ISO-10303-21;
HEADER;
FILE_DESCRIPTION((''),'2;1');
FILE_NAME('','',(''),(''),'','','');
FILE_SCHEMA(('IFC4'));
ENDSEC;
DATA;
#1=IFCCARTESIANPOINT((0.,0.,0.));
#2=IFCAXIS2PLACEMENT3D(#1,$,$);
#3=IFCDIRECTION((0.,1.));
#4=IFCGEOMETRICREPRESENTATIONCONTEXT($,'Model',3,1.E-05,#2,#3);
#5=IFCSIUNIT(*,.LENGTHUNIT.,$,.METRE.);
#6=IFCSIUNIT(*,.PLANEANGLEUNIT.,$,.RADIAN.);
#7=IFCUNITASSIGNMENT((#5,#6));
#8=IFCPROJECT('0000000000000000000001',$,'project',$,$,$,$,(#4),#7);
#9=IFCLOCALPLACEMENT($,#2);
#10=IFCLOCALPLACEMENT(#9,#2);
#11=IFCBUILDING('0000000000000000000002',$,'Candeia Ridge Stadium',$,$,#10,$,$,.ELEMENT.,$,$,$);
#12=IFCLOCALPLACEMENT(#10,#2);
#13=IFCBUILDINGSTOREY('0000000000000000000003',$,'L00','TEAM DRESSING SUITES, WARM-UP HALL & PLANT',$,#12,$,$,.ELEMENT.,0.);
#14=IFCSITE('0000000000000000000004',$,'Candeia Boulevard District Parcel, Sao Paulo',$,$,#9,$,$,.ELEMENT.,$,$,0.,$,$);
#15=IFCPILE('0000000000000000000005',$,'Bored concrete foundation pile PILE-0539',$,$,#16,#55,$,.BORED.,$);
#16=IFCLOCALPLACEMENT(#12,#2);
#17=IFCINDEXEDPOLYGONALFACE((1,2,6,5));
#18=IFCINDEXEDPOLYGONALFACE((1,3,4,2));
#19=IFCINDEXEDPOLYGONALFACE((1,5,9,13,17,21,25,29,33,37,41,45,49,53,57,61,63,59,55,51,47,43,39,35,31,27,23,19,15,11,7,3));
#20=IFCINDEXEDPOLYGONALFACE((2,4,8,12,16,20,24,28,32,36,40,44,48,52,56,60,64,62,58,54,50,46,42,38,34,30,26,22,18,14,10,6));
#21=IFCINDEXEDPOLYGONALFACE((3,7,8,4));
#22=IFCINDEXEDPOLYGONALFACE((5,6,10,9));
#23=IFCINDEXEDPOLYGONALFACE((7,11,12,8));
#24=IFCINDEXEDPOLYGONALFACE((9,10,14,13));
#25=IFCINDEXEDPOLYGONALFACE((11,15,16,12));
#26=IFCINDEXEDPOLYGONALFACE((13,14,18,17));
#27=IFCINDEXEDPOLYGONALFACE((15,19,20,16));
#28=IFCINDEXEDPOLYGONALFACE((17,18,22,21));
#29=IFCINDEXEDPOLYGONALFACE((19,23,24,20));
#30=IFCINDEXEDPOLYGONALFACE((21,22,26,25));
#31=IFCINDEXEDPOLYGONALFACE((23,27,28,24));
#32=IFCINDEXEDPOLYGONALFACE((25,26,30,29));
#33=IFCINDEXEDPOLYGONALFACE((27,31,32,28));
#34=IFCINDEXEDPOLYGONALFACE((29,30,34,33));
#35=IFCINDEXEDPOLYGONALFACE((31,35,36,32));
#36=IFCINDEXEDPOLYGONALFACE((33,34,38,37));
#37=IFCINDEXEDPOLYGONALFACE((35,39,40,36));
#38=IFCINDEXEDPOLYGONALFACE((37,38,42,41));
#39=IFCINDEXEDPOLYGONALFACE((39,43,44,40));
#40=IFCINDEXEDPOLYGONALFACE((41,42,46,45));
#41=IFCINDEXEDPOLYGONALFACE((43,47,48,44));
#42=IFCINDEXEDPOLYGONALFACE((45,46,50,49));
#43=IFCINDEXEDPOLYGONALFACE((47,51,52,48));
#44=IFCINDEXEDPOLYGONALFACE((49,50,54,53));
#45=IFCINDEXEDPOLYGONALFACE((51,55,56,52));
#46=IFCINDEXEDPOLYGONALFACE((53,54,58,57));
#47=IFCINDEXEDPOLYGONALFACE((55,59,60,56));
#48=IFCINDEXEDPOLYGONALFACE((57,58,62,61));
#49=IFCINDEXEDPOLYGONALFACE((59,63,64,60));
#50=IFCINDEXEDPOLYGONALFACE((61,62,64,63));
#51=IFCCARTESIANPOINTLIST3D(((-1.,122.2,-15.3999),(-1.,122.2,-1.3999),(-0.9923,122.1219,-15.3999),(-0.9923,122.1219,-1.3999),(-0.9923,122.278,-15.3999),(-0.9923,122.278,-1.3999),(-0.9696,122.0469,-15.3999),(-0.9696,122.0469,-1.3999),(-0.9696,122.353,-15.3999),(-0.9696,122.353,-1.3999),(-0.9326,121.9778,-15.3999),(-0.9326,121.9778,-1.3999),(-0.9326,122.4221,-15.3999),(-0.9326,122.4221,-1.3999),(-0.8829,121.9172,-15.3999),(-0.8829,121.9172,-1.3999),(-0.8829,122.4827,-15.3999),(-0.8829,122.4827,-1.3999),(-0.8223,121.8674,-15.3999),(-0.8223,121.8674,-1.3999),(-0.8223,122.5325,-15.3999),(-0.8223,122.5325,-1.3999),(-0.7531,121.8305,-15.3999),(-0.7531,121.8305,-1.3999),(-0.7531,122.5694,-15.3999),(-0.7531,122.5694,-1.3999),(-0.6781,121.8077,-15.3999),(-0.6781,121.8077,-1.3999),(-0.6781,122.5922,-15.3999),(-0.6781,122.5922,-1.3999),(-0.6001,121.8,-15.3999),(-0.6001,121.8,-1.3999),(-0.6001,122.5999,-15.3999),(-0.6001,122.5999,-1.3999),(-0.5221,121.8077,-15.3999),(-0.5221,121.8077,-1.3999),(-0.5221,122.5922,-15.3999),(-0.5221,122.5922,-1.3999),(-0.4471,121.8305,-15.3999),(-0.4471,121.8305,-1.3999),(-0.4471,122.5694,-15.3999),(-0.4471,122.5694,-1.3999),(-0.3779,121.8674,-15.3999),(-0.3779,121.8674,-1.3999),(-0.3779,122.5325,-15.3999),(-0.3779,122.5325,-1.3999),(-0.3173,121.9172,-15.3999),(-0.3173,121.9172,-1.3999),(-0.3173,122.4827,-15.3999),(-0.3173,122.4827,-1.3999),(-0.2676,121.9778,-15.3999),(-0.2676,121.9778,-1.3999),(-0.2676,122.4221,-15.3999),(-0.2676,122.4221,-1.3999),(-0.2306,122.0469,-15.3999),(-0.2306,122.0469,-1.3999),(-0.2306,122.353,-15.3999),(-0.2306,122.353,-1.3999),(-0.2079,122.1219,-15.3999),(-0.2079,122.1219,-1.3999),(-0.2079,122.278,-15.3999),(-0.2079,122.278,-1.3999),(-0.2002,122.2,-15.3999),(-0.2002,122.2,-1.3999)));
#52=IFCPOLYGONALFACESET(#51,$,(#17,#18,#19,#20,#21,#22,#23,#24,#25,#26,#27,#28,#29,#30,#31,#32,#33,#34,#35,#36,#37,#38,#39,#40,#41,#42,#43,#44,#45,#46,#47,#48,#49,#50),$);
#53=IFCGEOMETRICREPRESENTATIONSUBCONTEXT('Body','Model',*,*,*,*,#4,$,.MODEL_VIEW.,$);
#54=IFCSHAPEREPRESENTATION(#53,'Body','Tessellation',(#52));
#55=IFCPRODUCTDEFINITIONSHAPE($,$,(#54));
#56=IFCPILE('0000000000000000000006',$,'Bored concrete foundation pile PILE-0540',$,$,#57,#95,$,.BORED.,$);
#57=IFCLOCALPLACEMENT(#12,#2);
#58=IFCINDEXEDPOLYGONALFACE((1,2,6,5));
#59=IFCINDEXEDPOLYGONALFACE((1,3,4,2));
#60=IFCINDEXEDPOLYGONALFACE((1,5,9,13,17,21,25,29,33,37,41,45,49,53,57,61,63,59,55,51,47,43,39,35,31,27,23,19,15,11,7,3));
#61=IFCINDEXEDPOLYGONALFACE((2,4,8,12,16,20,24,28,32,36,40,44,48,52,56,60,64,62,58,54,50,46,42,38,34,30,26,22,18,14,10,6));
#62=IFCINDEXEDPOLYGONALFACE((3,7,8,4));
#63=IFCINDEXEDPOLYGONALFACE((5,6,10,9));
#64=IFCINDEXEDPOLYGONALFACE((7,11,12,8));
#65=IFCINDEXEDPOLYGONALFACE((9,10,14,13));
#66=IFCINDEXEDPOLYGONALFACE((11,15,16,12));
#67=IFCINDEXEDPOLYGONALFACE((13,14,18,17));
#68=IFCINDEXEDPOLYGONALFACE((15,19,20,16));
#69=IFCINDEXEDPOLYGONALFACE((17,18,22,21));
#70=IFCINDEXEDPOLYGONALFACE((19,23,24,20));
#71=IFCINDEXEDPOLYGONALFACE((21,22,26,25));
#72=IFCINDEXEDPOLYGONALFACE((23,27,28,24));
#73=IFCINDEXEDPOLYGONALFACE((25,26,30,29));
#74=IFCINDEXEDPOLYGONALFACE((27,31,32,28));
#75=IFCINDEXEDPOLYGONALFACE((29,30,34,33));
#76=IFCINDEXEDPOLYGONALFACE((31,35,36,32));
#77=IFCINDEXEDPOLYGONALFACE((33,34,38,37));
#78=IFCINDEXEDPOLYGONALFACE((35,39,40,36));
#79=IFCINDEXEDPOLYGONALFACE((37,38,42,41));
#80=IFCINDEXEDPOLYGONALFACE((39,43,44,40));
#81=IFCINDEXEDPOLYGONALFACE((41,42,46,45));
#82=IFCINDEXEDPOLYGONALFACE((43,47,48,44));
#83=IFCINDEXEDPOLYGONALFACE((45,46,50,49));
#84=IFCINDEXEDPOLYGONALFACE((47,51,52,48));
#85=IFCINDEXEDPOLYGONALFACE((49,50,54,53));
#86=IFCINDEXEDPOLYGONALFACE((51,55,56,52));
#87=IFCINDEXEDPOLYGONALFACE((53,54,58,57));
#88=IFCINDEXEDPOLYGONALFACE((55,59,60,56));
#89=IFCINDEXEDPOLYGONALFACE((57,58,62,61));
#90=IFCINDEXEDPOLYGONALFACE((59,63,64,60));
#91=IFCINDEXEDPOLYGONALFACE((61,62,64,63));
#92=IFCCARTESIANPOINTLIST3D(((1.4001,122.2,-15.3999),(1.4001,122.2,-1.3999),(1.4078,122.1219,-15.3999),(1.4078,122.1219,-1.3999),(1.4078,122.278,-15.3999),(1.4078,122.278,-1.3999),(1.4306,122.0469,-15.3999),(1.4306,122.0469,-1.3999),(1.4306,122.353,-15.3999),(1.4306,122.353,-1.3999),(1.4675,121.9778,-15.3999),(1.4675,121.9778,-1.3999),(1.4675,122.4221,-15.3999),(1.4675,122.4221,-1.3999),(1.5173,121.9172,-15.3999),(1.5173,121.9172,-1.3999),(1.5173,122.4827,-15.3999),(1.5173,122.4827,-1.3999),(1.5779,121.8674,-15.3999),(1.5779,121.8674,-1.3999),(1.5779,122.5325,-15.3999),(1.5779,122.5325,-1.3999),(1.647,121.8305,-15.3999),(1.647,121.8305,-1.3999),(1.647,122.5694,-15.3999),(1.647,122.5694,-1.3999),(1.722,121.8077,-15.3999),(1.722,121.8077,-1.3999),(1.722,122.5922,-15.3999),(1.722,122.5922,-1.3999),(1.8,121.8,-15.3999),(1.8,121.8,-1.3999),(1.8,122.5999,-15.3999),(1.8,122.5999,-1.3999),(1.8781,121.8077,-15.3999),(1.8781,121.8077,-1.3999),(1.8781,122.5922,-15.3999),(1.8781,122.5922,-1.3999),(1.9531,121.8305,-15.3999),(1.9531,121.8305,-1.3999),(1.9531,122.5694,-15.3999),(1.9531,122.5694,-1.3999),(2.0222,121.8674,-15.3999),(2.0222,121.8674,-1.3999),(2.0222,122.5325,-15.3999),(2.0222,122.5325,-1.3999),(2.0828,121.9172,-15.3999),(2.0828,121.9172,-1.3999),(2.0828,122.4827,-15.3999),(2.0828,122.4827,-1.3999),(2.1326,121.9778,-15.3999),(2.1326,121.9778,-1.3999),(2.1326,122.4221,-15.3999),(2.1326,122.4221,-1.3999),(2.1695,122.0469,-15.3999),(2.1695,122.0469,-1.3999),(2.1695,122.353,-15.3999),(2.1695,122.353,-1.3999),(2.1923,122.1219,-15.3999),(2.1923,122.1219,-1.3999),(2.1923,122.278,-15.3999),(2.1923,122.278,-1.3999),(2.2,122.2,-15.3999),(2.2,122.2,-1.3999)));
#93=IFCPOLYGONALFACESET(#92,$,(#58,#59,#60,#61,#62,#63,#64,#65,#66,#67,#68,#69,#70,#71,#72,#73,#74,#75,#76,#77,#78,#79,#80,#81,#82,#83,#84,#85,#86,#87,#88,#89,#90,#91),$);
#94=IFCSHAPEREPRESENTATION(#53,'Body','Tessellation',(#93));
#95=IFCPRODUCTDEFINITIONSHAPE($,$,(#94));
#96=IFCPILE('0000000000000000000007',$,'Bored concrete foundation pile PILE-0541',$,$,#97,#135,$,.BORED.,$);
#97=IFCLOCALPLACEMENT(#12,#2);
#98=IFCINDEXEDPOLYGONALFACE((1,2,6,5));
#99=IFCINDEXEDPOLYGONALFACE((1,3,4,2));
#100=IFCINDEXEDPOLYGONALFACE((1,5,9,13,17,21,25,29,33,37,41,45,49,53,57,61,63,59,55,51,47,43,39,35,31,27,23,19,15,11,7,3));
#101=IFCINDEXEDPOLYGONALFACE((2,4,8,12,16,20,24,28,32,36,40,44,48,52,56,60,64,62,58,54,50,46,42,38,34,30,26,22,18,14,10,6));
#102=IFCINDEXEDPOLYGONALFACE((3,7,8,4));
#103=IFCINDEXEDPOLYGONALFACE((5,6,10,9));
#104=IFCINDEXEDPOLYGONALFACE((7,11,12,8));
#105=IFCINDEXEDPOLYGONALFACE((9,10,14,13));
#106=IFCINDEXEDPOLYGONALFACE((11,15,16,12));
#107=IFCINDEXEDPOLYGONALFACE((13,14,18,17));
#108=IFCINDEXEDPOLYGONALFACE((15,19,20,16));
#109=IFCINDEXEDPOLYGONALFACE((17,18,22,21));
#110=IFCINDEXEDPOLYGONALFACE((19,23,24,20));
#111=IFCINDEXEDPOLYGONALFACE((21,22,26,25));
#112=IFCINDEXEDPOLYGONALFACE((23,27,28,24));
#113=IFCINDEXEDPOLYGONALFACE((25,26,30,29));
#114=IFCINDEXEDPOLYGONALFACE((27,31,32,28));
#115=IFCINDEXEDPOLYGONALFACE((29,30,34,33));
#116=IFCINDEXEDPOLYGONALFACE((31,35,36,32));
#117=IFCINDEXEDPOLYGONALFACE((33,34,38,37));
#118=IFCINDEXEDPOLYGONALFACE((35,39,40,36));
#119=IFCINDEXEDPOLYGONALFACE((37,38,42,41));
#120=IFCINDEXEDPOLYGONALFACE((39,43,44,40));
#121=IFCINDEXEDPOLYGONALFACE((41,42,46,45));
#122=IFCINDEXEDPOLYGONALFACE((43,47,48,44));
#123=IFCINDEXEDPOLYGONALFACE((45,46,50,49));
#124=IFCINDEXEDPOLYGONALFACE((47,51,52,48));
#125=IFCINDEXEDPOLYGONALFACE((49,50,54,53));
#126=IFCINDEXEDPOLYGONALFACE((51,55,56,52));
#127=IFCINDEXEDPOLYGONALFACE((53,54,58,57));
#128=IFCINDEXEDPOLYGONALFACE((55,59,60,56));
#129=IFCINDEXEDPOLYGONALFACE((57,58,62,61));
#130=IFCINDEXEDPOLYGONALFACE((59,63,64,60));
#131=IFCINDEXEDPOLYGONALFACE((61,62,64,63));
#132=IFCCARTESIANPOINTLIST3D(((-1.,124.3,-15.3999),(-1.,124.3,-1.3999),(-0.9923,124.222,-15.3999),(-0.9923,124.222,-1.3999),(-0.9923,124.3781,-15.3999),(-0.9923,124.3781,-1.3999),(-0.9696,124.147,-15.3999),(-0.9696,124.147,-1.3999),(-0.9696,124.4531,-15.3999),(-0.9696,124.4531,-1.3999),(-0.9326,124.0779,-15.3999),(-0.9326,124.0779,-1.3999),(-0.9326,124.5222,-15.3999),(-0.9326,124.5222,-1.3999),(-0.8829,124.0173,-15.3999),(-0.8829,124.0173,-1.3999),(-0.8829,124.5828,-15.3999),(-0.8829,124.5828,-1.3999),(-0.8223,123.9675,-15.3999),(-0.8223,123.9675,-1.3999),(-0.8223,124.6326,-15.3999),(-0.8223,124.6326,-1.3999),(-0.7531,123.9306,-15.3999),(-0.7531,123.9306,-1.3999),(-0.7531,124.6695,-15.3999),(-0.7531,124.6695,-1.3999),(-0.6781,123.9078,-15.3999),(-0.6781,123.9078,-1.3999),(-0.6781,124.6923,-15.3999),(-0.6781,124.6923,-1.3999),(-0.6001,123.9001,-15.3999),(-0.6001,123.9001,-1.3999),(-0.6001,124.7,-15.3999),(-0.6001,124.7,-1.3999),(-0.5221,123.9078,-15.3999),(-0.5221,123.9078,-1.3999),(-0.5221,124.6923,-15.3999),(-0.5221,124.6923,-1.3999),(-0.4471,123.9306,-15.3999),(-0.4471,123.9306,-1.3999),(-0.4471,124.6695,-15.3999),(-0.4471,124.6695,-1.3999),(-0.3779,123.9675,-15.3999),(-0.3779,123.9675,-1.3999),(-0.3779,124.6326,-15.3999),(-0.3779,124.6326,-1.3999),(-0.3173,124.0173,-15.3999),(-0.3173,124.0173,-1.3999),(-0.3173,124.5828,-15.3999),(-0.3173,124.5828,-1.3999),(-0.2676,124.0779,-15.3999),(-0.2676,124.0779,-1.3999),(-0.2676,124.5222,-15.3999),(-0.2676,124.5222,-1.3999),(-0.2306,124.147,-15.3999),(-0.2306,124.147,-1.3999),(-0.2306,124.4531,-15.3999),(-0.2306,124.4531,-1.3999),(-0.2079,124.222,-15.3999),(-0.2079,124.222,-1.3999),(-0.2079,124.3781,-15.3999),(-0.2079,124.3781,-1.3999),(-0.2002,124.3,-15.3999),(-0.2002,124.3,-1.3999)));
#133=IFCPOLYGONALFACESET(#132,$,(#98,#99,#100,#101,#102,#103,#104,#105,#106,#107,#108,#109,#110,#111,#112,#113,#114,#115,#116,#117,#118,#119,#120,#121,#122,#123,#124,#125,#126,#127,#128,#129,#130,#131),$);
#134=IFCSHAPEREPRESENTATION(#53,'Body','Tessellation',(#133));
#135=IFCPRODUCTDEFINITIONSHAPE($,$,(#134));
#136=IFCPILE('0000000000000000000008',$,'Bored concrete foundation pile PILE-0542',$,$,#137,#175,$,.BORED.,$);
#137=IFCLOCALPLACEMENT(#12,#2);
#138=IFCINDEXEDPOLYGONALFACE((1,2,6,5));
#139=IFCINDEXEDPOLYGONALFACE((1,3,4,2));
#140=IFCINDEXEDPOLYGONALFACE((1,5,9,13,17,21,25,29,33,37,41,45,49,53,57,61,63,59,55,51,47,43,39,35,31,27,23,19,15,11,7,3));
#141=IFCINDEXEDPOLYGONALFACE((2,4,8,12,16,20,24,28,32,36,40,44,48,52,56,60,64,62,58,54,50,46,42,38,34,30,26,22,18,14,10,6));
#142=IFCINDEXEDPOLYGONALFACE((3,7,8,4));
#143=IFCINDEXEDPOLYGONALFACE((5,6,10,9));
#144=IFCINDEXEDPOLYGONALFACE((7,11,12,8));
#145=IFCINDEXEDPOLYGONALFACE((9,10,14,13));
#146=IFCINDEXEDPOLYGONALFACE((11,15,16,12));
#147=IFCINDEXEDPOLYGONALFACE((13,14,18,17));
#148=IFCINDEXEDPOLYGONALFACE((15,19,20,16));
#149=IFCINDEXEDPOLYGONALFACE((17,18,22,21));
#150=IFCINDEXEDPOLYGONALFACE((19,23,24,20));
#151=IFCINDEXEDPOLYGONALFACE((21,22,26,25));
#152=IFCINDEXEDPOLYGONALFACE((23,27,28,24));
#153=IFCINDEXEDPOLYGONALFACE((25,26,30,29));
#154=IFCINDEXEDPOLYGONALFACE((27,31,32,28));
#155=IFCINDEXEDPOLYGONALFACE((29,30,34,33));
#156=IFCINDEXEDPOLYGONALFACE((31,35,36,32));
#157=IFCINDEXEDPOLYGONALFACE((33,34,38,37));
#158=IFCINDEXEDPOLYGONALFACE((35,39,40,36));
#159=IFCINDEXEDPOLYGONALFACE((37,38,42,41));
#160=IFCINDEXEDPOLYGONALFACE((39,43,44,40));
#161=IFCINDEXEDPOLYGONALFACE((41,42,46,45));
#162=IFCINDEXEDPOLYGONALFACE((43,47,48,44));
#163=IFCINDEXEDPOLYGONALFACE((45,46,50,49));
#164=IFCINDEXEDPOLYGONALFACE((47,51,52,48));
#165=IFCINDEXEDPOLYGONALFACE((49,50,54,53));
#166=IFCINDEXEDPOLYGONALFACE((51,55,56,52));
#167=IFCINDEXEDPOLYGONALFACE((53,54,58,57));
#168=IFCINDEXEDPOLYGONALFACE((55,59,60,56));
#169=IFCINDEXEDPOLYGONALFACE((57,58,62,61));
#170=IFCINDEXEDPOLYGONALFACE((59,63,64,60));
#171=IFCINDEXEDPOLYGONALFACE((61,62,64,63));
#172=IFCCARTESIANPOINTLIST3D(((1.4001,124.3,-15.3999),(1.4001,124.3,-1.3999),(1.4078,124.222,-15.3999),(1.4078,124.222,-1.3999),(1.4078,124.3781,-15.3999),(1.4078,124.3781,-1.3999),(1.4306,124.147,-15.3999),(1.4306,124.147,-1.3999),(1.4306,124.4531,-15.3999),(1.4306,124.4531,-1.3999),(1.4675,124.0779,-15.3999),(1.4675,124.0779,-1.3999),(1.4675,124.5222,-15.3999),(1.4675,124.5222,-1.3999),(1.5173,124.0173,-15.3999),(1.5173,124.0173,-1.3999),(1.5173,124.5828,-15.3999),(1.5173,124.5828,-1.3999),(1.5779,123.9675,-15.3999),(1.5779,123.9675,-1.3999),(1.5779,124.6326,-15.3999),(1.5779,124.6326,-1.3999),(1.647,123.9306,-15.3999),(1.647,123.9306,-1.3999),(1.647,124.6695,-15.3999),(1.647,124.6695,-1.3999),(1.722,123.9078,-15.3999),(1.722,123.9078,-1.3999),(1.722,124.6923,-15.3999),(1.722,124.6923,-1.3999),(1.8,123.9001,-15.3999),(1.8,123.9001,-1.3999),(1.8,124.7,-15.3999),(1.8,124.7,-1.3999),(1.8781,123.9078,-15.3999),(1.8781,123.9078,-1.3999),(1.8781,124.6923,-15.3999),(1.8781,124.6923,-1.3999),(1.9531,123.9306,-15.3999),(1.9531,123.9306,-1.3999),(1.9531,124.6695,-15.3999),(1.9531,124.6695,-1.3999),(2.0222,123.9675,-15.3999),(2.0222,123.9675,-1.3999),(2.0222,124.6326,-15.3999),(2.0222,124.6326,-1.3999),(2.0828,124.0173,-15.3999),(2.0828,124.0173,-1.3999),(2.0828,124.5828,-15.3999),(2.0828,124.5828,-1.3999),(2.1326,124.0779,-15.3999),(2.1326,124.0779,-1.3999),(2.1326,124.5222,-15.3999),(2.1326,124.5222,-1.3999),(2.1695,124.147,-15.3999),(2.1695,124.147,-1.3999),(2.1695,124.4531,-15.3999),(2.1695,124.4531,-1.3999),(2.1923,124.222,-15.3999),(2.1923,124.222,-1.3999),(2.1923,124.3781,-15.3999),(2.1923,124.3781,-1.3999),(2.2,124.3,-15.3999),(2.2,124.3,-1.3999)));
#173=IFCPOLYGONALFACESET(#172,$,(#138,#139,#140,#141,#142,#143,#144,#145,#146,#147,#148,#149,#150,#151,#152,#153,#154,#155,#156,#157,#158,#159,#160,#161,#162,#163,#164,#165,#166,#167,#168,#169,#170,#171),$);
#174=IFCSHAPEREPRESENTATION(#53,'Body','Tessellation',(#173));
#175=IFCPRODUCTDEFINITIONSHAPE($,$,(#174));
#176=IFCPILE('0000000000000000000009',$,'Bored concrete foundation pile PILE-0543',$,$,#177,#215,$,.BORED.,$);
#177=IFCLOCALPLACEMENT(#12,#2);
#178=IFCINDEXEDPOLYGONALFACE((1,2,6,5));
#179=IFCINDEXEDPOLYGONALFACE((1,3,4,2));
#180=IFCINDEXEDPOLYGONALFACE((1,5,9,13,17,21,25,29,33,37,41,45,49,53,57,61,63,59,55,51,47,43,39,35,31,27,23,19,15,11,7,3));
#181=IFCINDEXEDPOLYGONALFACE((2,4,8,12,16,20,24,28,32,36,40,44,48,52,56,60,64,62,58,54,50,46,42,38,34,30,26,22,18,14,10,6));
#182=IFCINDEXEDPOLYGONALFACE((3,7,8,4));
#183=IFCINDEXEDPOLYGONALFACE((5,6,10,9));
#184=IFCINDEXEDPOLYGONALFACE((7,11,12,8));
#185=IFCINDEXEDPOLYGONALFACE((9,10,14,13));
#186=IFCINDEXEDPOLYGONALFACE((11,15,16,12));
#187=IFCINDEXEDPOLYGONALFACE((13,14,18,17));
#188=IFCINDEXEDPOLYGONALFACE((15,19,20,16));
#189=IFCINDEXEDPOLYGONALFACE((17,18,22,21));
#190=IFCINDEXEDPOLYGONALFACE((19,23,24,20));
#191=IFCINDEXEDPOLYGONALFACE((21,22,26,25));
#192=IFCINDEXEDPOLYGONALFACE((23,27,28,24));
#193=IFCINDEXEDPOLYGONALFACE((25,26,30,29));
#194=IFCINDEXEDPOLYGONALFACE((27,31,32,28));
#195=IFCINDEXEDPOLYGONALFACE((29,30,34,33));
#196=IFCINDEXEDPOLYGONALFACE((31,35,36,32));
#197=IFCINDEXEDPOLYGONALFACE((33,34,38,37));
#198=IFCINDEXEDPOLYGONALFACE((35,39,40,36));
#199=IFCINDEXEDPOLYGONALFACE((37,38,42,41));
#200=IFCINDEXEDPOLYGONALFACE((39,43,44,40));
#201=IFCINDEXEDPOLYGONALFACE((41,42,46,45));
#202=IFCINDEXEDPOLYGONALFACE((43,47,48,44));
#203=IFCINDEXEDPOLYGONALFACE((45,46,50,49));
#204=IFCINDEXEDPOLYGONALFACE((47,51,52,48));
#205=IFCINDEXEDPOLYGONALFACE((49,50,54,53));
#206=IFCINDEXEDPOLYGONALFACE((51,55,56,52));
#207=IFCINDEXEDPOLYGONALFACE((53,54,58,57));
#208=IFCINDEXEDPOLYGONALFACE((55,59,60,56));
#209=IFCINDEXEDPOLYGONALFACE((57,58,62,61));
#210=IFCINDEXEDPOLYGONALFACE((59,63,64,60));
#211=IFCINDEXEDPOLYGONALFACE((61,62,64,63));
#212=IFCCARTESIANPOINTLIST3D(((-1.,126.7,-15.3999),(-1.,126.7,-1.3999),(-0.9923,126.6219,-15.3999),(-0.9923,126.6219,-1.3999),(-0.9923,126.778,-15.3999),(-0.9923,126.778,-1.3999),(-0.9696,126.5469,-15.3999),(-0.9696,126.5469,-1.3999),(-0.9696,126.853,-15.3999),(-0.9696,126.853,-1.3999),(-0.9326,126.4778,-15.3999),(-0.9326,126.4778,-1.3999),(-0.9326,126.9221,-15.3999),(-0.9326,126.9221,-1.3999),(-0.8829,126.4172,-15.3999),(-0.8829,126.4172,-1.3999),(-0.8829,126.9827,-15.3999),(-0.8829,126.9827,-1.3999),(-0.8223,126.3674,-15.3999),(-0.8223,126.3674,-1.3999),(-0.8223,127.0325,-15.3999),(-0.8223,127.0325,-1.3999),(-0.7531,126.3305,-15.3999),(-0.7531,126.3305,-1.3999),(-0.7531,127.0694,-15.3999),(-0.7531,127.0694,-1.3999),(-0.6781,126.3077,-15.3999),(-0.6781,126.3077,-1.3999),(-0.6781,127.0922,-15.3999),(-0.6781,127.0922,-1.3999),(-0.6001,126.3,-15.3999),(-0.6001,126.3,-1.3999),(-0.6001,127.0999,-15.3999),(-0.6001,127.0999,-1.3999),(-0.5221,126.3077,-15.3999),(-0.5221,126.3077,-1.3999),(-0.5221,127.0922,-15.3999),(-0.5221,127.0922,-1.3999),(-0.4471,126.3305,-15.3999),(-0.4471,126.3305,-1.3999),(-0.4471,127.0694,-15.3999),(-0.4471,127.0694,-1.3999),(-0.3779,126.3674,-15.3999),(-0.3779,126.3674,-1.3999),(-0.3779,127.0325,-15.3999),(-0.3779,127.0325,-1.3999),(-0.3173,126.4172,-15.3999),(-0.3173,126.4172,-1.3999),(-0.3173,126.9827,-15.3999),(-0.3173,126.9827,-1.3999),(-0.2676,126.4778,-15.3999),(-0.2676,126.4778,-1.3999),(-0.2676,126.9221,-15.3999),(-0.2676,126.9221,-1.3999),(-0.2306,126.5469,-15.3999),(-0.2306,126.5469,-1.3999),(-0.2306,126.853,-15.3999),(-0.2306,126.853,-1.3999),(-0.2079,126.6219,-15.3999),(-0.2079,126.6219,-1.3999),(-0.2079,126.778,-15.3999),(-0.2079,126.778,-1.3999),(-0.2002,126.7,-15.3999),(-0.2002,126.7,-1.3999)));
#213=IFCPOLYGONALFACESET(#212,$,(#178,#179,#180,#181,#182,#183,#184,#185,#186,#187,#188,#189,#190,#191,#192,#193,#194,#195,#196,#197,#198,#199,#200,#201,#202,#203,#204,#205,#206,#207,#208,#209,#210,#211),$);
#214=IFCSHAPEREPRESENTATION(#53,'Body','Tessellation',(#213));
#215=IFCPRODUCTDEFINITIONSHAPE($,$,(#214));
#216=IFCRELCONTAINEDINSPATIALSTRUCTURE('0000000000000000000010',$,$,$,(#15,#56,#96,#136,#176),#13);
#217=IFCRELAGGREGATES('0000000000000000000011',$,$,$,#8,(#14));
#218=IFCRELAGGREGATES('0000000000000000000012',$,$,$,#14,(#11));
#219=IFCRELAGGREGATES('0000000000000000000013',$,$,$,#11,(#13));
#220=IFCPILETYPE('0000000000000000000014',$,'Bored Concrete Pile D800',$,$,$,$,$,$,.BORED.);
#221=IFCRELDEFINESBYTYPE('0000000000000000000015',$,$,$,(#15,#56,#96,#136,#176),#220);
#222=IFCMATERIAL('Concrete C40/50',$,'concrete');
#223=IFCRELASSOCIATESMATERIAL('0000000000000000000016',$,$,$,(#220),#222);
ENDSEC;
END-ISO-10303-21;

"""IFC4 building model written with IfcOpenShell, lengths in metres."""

from ifc_helpers import new_model, si_unit, direction, frame, origin, origin_2d, place, context, subcontext, project, spatial, circle, extrude, material, material_profile, profile_set, type_object, element, save


model = new_model("IFC4")

# Units and contexts
model_context = context("Model", 3, precision=1e-05, world=origin(), true_north=direction((0.0, 1.0)))
body_context = subcontext(model_context, "Body", "Model", "MODEL_VIEW")
ifc_project = project(units=[si_unit("LENGTHUNIT", "METRE"), si_unit("PLANEANGLEUNIT", "RADIAN")], contexts=[model_context])

# Site, building, storey
site_placement = place(None, origin())
site = spatial("IfcSite", under=ifc_project, at=site_placement, Name="Candeia Boulevard District Parcel, Sao Paulo", CompositionType="ELEMENT", RefElevation=0.0)
building_placement = place(site_placement, origin())
building = spatial("IfcBuilding", under=site, at=building_placement, Name="Candeia Ridge Stadium", CompositionType="ELEMENT")
storey_placement = place(building_placement, origin())
storey = spatial("IfcBuildingStorey", under=building, at=storey_placement, Name="L00", Description="TEAM DRESSING SUITES, WARM-UP HALL & PLANT", CompositionType="ELEMENT", Elevation=0.0)

# Piles
ifc_material_1 = material(Name="Concrete C40/50", Category="concrete")
ifc_material_profile_1 = material_profile(ifc_material_1, circle(Radius=0.3999, at=origin_2d()), Name="PILE-D800", Category="concrete")
ifc_profile_set_1 = profile_set([ifc_material_profile_1], Name="Concrete C40/50")
pile_type = type_object("IfcPileType", Name="Bored Concrete Pile D800", PredefinedType="BORED", material=ifc_profile_set_1)
for number, where, z_axis, x_axis, name in (
    (1, (-0.6001, 122.2, -1.3999), (0.0, 0.0, -1.0), (1.0, 0.0, 0.0), "Bored concrete foundation pile PILE-0539"),
    (2, (1.8, 122.2, -1.3999), (0.0, 0.0, -1.0), (1.0, 0.0, 0.0), "Bored concrete foundation pile PILE-0540"),
    (3, (-0.6001, 124.3, -1.3999), (0.0, 0.0, -1.0), (1.0, 0.0, 0.0), "Bored concrete foundation pile PILE-0541"),
    (4, (1.8, 124.3, -1.3999), (0.0, 0.0, -1.0), (1.0, 0.0, 0.0), "Bored concrete foundation pile PILE-0542"),
    (5, (-0.6001, 126.7, -1.3999), (0.0, 0.0, -1.0), (1.0, 0.0, 0.0), "Bored concrete foundation pile PILE-0543"),
):
    element("IfcPile", number, at=place(storey_placement, frame(where, z_axis=z_axis, x_axis=x_axis)), inside=storey, type_object=pile_type, Name=name, PredefinedType="BORED", context=body_context, shape_type="SweptSolid", body=[
        extrude(circle(Radius=0.3999, at=origin_2d()), origin(), (0.0, 0.0, 1.0), 14.0),
    ])

save(model, "model.ifc")
